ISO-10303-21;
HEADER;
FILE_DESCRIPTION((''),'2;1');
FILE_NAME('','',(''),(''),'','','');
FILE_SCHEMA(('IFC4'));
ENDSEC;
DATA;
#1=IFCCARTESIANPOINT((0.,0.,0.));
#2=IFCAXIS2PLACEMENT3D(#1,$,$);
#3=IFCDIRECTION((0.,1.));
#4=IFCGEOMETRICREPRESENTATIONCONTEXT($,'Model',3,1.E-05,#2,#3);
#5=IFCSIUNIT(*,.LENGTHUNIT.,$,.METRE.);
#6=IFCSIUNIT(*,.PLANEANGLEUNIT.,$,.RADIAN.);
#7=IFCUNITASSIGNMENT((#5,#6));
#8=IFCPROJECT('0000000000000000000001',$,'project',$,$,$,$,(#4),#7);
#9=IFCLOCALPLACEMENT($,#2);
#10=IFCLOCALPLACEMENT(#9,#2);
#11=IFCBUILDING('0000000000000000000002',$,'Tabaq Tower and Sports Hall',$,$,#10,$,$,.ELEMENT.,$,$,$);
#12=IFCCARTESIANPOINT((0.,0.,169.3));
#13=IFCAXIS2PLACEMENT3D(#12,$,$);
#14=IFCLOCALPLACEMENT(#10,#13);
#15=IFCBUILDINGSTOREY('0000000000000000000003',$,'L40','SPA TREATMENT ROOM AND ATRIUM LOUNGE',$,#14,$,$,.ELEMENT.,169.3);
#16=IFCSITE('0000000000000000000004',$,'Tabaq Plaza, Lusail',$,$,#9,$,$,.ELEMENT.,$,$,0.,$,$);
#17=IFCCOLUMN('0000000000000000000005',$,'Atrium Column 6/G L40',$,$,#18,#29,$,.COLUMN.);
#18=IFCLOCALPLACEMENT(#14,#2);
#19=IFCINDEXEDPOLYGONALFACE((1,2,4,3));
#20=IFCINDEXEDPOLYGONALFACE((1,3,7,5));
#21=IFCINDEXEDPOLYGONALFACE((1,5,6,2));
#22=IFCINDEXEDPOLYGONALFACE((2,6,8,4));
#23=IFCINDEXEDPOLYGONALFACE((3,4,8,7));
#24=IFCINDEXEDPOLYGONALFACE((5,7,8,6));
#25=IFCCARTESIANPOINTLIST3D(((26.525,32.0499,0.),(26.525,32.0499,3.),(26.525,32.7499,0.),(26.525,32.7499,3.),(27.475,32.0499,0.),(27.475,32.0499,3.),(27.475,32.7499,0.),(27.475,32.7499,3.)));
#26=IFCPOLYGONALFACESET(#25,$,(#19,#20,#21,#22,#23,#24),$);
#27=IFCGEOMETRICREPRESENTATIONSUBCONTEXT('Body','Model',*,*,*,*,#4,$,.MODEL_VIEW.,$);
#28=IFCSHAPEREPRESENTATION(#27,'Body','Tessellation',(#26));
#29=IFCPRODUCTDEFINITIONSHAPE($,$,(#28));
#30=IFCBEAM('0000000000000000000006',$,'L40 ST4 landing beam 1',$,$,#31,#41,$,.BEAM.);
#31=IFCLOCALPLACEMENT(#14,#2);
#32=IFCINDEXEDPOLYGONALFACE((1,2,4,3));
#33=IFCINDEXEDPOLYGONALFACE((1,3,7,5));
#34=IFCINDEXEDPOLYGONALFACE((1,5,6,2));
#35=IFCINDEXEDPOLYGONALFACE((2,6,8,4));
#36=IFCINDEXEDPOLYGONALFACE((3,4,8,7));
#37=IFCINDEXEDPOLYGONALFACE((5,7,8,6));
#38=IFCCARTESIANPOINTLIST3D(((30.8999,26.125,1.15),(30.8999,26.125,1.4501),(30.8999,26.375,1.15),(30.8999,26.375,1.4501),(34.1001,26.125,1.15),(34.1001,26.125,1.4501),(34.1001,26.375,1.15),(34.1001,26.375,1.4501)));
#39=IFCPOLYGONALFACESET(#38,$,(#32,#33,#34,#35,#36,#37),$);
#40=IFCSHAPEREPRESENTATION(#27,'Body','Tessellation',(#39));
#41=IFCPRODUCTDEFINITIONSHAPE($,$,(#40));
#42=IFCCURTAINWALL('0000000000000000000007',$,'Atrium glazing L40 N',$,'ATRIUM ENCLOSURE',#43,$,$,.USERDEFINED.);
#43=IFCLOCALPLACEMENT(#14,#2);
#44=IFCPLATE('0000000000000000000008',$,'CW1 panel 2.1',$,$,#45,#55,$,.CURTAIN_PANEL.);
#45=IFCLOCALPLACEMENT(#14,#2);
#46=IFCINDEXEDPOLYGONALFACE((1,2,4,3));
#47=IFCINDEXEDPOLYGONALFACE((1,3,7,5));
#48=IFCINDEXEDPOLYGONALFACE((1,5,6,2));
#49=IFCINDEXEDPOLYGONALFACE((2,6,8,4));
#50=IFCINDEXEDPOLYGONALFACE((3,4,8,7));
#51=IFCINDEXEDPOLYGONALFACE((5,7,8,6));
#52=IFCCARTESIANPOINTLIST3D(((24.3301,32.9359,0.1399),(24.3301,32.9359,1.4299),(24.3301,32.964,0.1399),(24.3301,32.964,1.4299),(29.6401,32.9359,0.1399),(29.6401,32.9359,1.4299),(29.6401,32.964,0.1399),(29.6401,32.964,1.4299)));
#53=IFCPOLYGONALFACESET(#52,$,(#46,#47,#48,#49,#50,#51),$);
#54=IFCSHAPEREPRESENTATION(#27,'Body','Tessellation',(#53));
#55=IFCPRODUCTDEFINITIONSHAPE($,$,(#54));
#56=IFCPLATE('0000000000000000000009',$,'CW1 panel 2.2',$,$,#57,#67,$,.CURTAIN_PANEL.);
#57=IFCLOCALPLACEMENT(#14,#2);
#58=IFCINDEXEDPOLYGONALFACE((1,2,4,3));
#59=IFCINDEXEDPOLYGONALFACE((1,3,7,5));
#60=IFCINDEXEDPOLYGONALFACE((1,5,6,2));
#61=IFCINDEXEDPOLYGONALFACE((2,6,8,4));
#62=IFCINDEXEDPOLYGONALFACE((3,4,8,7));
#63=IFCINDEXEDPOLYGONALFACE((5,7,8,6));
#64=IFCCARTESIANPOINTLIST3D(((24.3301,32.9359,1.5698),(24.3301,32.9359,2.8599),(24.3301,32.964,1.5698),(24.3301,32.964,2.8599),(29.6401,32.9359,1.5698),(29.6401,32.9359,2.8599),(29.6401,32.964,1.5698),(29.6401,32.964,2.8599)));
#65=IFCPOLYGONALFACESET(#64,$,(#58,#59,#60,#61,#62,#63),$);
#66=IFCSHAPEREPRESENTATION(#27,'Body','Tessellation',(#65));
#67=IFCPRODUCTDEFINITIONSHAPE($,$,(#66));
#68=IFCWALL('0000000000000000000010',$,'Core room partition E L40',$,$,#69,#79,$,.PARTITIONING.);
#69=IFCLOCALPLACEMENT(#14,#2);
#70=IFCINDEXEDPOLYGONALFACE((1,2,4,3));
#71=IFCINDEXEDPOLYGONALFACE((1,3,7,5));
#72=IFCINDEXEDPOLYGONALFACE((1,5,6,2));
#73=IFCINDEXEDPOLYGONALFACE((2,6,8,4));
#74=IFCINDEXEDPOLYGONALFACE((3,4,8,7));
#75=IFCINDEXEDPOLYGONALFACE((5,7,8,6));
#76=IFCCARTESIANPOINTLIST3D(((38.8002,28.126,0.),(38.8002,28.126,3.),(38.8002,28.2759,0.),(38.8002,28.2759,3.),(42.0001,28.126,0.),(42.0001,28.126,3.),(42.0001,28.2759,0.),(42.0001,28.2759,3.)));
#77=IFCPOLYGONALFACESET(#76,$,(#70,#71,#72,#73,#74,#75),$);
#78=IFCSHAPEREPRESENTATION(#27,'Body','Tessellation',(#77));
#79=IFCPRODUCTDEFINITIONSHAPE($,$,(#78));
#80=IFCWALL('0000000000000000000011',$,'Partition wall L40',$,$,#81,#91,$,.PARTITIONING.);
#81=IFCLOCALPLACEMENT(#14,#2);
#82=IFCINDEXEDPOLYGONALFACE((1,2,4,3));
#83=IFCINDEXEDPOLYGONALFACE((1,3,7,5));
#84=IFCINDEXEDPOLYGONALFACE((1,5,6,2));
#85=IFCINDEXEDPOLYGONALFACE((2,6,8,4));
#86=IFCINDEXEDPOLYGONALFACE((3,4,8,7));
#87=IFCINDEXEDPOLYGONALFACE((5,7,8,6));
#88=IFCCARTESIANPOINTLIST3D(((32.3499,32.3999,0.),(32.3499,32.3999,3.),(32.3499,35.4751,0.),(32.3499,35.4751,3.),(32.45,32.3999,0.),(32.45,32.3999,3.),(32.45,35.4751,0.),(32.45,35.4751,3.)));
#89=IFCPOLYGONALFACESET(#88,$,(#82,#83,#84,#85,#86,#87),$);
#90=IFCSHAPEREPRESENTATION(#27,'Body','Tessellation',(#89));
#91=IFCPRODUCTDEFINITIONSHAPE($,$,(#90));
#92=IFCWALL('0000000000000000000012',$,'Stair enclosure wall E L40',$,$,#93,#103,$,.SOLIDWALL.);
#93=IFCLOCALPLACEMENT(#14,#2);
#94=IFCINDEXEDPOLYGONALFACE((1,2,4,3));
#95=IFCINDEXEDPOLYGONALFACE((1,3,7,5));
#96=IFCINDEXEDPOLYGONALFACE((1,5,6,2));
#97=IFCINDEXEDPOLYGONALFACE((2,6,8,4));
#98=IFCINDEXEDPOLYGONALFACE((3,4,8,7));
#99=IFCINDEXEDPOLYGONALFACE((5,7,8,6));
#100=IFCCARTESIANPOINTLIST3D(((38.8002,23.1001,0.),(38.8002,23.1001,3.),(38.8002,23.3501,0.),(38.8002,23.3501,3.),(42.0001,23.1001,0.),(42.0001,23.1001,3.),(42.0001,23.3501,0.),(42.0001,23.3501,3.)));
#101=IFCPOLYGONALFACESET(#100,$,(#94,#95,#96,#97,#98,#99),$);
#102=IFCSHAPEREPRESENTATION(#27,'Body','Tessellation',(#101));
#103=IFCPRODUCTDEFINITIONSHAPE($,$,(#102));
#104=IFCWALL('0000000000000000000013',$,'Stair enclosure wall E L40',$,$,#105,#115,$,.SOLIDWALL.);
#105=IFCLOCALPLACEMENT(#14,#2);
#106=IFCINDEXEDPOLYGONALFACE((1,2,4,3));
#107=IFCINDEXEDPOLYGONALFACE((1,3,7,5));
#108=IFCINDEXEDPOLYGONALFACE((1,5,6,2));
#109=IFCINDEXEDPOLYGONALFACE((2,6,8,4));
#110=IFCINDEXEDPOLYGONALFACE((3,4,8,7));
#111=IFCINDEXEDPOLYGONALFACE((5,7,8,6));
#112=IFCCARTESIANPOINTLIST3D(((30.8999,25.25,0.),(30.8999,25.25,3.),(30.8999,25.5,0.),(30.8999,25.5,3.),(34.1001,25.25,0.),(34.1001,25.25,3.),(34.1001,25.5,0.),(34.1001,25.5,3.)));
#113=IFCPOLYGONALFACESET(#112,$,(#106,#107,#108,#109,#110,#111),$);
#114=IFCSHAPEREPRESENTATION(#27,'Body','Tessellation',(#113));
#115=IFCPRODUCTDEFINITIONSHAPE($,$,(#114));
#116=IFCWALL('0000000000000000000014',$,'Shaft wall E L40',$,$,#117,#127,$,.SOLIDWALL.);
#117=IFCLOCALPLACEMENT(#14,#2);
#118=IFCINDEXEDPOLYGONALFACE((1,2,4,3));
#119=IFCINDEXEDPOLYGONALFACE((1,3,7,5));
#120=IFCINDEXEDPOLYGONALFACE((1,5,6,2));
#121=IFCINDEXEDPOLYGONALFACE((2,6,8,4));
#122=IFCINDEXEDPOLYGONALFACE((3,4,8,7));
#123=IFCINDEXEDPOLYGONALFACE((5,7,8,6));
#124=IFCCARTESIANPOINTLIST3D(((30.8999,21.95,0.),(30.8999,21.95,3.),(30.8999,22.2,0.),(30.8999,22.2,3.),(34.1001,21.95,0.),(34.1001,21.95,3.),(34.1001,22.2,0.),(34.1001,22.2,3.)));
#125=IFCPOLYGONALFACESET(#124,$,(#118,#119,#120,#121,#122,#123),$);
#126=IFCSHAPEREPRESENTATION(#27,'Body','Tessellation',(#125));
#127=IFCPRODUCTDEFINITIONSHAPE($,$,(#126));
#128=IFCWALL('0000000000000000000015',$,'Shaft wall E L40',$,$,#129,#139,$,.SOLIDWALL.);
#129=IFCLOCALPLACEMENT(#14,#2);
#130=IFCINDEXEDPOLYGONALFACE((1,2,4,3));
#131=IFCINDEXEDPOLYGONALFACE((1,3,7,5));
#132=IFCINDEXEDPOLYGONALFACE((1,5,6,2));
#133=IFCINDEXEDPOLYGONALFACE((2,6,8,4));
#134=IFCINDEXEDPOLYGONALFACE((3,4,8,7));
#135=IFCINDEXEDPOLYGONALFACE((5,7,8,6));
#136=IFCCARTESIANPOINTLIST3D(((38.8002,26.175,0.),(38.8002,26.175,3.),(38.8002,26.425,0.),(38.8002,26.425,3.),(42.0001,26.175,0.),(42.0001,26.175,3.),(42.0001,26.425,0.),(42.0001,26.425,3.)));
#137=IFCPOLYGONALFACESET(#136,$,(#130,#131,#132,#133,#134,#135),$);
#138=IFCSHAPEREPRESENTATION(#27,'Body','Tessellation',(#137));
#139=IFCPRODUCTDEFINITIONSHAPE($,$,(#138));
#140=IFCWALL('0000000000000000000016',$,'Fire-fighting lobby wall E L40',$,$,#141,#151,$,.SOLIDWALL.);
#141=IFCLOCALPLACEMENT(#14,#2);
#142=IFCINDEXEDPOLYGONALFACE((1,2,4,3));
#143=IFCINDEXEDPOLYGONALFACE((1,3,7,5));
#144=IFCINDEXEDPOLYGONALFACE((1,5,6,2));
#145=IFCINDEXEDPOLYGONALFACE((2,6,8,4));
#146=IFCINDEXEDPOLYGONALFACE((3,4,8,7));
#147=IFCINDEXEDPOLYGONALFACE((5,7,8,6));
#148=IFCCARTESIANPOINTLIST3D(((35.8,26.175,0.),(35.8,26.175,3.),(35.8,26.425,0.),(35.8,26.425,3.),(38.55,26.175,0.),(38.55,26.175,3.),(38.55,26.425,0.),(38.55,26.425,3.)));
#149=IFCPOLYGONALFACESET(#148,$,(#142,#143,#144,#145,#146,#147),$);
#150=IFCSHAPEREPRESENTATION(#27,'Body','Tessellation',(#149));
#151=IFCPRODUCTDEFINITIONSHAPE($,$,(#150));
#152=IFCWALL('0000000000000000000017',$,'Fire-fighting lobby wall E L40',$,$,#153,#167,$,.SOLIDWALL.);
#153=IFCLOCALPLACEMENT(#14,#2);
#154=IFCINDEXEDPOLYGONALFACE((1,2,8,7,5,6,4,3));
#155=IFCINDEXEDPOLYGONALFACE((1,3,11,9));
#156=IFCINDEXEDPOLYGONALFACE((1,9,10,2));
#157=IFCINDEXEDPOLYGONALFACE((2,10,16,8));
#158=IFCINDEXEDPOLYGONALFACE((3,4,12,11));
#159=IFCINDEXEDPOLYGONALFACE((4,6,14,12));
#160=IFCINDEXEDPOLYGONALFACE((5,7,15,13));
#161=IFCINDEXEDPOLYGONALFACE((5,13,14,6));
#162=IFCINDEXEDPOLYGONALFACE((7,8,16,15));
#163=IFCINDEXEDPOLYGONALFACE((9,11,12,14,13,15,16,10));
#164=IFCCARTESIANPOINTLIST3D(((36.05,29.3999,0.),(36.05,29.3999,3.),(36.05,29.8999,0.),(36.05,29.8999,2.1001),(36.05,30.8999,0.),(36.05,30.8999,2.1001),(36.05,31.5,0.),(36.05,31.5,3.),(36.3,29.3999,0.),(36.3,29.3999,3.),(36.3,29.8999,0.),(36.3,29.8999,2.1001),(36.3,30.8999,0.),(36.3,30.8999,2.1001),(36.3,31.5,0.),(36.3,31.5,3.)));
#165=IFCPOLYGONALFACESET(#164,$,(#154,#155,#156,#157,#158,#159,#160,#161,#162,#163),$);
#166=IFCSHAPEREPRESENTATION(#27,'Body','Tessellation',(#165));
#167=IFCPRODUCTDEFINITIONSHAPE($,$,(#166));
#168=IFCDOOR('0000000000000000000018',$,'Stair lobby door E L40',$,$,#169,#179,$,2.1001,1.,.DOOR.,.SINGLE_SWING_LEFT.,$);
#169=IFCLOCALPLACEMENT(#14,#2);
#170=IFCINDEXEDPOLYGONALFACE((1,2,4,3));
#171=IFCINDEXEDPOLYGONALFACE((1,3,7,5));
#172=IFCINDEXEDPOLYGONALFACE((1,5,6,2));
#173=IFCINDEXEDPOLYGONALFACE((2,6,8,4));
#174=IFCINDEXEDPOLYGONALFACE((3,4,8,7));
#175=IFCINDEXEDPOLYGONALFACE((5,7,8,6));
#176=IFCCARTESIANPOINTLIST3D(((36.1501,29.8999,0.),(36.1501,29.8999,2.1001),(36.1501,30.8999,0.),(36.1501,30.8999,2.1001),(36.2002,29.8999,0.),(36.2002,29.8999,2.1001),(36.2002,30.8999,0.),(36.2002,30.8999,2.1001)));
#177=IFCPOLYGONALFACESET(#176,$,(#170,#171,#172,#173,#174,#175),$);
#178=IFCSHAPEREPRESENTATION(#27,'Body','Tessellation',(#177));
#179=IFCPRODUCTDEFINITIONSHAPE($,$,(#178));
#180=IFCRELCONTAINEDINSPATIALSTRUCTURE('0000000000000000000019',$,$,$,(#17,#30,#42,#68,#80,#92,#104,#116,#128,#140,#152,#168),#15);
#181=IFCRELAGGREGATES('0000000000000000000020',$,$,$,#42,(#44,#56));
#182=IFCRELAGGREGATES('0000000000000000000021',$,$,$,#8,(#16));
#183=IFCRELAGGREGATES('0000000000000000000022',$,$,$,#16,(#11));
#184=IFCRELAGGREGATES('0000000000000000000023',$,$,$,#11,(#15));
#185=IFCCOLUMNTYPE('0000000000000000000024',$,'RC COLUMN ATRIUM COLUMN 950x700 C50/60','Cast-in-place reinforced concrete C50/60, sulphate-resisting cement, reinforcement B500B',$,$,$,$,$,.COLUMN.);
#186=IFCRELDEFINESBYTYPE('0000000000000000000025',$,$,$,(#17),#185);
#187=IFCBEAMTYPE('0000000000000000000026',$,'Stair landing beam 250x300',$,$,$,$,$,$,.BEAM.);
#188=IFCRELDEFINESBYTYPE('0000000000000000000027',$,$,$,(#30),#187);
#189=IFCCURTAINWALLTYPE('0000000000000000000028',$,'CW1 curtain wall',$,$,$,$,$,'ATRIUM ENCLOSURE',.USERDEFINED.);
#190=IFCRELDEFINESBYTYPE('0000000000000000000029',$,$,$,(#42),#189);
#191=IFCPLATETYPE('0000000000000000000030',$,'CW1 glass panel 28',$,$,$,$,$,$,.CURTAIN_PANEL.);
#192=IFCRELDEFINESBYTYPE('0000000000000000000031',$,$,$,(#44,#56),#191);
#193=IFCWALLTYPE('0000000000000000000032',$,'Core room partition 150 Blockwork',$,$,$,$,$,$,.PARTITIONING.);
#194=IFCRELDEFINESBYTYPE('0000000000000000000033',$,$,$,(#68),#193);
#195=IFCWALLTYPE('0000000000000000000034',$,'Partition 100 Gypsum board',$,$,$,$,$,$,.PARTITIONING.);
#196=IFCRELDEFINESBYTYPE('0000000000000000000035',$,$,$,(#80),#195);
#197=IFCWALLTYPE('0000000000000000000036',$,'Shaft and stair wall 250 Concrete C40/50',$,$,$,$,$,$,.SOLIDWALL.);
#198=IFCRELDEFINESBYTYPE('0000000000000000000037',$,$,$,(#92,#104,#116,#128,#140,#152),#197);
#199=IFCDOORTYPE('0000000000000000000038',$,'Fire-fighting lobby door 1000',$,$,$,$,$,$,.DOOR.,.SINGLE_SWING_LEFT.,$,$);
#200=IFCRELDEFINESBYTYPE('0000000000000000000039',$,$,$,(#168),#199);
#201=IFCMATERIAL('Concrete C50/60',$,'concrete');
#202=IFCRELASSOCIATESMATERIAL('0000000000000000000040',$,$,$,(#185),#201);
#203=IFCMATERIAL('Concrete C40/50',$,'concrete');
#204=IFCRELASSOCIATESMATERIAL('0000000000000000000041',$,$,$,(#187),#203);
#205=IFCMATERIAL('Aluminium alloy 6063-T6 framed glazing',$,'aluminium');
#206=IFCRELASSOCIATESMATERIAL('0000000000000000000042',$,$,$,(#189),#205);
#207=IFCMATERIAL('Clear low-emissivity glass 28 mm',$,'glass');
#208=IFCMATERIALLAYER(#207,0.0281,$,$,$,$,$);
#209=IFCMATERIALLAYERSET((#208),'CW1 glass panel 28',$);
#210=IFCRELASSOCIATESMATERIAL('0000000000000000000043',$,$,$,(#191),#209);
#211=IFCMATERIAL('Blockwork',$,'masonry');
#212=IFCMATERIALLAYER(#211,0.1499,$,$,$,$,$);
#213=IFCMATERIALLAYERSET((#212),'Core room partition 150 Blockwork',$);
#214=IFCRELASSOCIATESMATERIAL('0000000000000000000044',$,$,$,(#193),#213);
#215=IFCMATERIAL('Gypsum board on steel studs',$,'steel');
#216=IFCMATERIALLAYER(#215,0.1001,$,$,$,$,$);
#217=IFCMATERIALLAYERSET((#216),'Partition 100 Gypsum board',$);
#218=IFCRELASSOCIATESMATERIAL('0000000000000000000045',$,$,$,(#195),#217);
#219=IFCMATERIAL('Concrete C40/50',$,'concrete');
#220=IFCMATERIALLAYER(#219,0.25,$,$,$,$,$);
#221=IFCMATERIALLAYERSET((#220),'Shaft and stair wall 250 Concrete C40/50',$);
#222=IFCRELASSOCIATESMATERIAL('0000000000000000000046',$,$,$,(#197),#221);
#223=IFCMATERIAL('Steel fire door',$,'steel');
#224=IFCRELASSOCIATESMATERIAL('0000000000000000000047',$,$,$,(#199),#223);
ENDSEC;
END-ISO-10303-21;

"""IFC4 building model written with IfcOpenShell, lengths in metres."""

from ifc_helpers import new_model, si_unit, direction, frame, frame_2d, origin, origin_2d, place, context, subcontext, project, spatial, rectangle, extrude, material, layer, layer_set, material_profile, profile_set, type_object, element, fill, aggregate, save


model = new_model("IFC4")

# Units and contexts
model_context = context("Model", 3, precision=1e-05, world=origin(), true_north=direction((0.0, 1.0)))
body_context = subcontext(model_context, "Body", "Model", "MODEL_VIEW")
ifc_project = project(units=[si_unit("LENGTHUNIT", "METRE"), si_unit("PLANEANGLEUNIT", "RADIAN")], contexts=[model_context])

# Site, building, storey
site_placement = place(None, origin())
site = spatial("IfcSite", under=ifc_project, at=site_placement, Name="Tabaq Plaza, Lusail", CompositionType="ELEMENT", RefElevation=0.0)
building_placement = place(site_placement, origin())
building = spatial("IfcBuilding", under=site, at=building_placement, Name="Tabaq Tower and Sports Hall", CompositionType="ELEMENT")
storey_placement = place(building_placement, frame((0.0, 0.0, 169.3)))
storey = spatial("IfcBuildingStorey", under=building, at=storey_placement, Name="L40", Description="SPA TREATMENT ROOM AND ATRIUM LOUNGE", CompositionType="ELEMENT", Elevation=169.3)

# Column
ifc_material_1 = material(Name="Concrete C50/60", Category="concrete")
ifc_material_profile_1 = material_profile(ifc_material_1, rectangle(XDim=0.95, YDim=0.7, at=origin_2d()), Name="ATRIUM COLUMN 950x700")
ifc_profile_set_1 = profile_set([ifc_material_profile_1], Name="Concrete C50/60")
column_type = type_object("IfcColumnType", Name="RC COLUMN ATRIUM COLUMN 950x700 C50/60", Description="Cast-in-place reinforced concrete C50/60, sulphate-resisting cement, reinforcement B500B", PredefinedType="COLUMN", material=ifc_profile_set_1)
column_placement = place(storey_placement, frame((27.0, 32.3999, 0.0), z_axis=(0.0, 0.0, 1.0), x_axis=(1.0, 0.0, 0.0)))
element("IfcColumn", 1, at=column_placement, inside=storey, type_object=column_type, Name="Atrium Column 6/G L40", PredefinedType="COLUMN", context=body_context, shape_type="SweptSolid", body=[
    extrude(rectangle(XDim=0.95, YDim=0.7, at=origin_2d()), origin(), (0.0, 0.0, 1.0), 3.0),
])

# Beam
ifc_material_2 = material(Name="Concrete C40/50", Category="concrete")
ifc_material_profile_2 = material_profile(ifc_material_2, rectangle(XDim=0.25, YDim=0.3, at=origin_2d()), Name="RC 250x300")
ifc_profile_set_2 = profile_set([ifc_material_profile_2], Name="Concrete C40/50")
beam_type = type_object("IfcBeamType", Name="Stair landing beam 250x300", PredefinedType="BEAM", material=ifc_profile_set_2)
beam_placement = place(storey_placement, frame((30.8999, 26.25, 1.3), z_axis=(1.0, 0.0, 0.0), x_axis=(0.0, 1.0, 0.0)))
element("IfcBeam", 2, at=beam_placement, inside=storey, type_object=beam_type, Name="L40 ST4 landing beam 1", PredefinedType="BEAM", context=body_context, shape_type="SweptSolid", body=[
    extrude(rectangle(XDim=0.25, YDim=0.3, at=origin_2d()), origin(), (0.0, 0.0, 1.0), 3.2002),
])

# Curtain wall, plates
ifc_material_3 = material(Name="Aluminium alloy 6063-T6 framed glazing", Category="aluminium")
curtain_wall_type = type_object("IfcCurtainWallType", Name="CW1 curtain wall", ElementType="ATRIUM ENCLOSURE", PredefinedType="USERDEFINED", material=ifc_material_3)
curtain_wall_placement = place(storey_placement, origin())
curtain_wall = element("IfcCurtainWall", 3, at=curtain_wall_placement, inside=storey, type_object=curtain_wall_type, Name="Atrium glazing L40 N", ObjectType="ATRIUM ENCLOSURE", PredefinedType="USERDEFINED")
ifc_material_4 = material(Name="Clear low-emissivity glass 28 mm", Category="glass")
ifc_layer_1 = layer(ifc_material_4, 0.0281)
ifc_layer_set_1 = layer_set([ifc_layer_1], Name="CW1 glass panel 28")
plate_type = type_object("IfcPlateType", Name="CW1 glass panel 28", PredefinedType="CURTAIN_PANEL", material=ifc_layer_set_1)
plate_1_placement = place(storey_placement, frame((26.9851, 32.95, 0.1399), z_axis=(0.0, 0.0, 1.0), x_axis=(1.0, 0.0, 0.0)))
plate_1 = element("IfcPlate", 4, at=plate_1_placement, type_object=plate_type, Name="CW1 panel 2.1", PredefinedType="CURTAIN_PANEL", context=body_context, shape_type="SweptSolid", body=[
    extrude(rectangle(XDim=5.3101, YDim=0.0281, at=origin_2d()), origin(), (0.0, 0.0, 1.0), 1.29),
])
plate_2_placement = place(storey_placement, frame((26.9851, 32.95, 1.5698), z_axis=(0.0, 0.0, 1.0), x_axis=(1.0, 0.0, 0.0)))
plate_2 = element("IfcPlate", 5, at=plate_2_placement, type_object=plate_type, Name="CW1 panel 2.2", PredefinedType="CURTAIN_PANEL", context=body_context, shape_type="SweptSolid", body=[
    extrude(rectangle(XDim=5.3101, YDim=0.0281, at=origin_2d()), origin(), (0.0, 0.0, 1.0), 1.29),
])
aggregate(curtain_wall, [plate_1, plate_2])

# Wall
ifc_material_5 = material(Name="Blockwork", Category="masonry")
ifc_layer_2 = layer(ifc_material_5, 0.1499)
ifc_layer_set_2 = layer_set([ifc_layer_2], Name="Core room partition 150 Blockwork")
wall_type_1 = type_object("IfcWallType", Name="Core room partition 150 Blockwork", PredefinedType="PARTITIONING", material=ifc_layer_set_2)
wall_1_placement = place(storey_placement, frame((38.8, 28.2009, 0.0), z_axis=(0.0, 0.0, 1.0), x_axis=(1.0, 0.0, 0.0)))
element("IfcWall", 6, at=wall_1_placement, inside=storey, type_object=wall_type_1, Name="Core room partition E L40", PredefinedType="PARTITIONING", context=body_context, shape_type="SweptSolid", body=[
    extrude(rectangle(XDim=3.2, YDim=0.1499, at=frame_2d((1.6001, 0.0))), origin(), (0.0, 0.0, 1.0), 3.0),
])

# Walls
ifc_material_6 = material(Name="Gypsum board on steel studs", Category="steel")
ifc_layer_3 = layer(ifc_material_6, 0.1001)
ifc_layer_set_3 = layer_set([ifc_layer_3], Name="Partition 100 Gypsum board")
wall_type_2 = type_object("IfcWallType", Name="Partition 100 Gypsum board", PredefinedType="PARTITIONING", material=ifc_layer_set_3)
wall_2_placement = place(storey_placement, frame((32.3999, 32.3999, 0.0), z_axis=(0.0, 0.0, 1.0), x_axis=(0.0, 1.0, 0.0)))
element("IfcWall", 7, at=wall_2_placement, inside=storey, type_object=wall_type_2, Name="Partition wall L40", PredefinedType="PARTITIONING", context=body_context, shape_type="SweptSolid", body=[
    extrude(rectangle(XDim=3.0752, YDim=0.1001, at=frame_2d((1.5376, 0.0))), origin(), (0.0, 0.0, 1.0), 3.0),
])
ifc_material_7 = material(Name="Concrete C40/50", Category="concrete")
ifc_layer_4 = layer(ifc_material_7, 0.25)
ifc_layer_set_4 = layer_set([ifc_layer_4], Name="Shaft and stair wall 250 Concrete C40/50")
wall_type_3 = type_object("IfcWallType", Name="Shaft and stair wall 250 Concrete C40/50", PredefinedType="SOLIDWALL", material=ifc_layer_set_4)
wall_3_placement = place(storey_placement, frame((38.8, 23.2251, 0.0), z_axis=(0.0, 0.0, 1.0), x_axis=(1.0, 0.0, 0.0)))
element("IfcWall", 8, at=wall_3_placement, inside=storey, type_object=wall_type_3, Name="Stair enclosure wall E L40", PredefinedType="SOLIDWALL", context=body_context, shape_type="SweptSolid", body=[
    extrude(rectangle(XDim=3.2, YDim=0.25, at=frame_2d((1.6001, 0.0))), origin(), (0.0, 0.0, 1.0), 3.0),
])
for number, where, z_axis, x_axis, name in (
    (9, (30.8999, 25.375, 0.0), (0.0, 0.0, 1.0), (1.0, 0.0, 0.0), "Stair enclosure wall E L40"),
    (10, (30.8999, 22.075, 0.0), (0.0, 0.0, 1.0), (1.0, 0.0, 0.0), "Shaft wall E L40"),
):
    element("IfcWall", number, at=place(storey_placement, frame(where, z_axis=z_axis, x_axis=x_axis)), inside=storey, type_object=wall_type_3, Name=name, PredefinedType="SOLIDWALL", context=body_context, shape_type="SweptSolid", body=[
        extrude(rectangle(XDim=3.2002, YDim=0.25, at=frame_2d((1.6001, 0.0))), origin(), (0.0, 0.0, 1.0), 3.0),
    ])
wall_4_placement = place(storey_placement, frame((38.8, 26.3, 0.0), z_axis=(0.0, 0.0, 1.0), x_axis=(1.0, 0.0, 0.0)))
element("IfcWall", 11, at=wall_4_placement, inside=storey, type_object=wall_type_3, Name="Shaft wall E L40", PredefinedType="SOLIDWALL", context=body_context, shape_type="SweptSolid", body=[
    extrude(rectangle(XDim=3.2, YDim=0.25, at=frame_2d((1.6001, 0.0))), origin(), (0.0, 0.0, 1.0), 3.0),
])
wall_5_placement = place(storey_placement, frame((35.8, 26.3, 0.0), z_axis=(0.0, 0.0, 1.0), x_axis=(1.0, 0.0, 0.0)))
element("IfcWall", 12, at=wall_5_placement, inside=storey, type_object=wall_type_3, Name="Fire-fighting lobby wall E L40", PredefinedType="SOLIDWALL", context=body_context, shape_type="SweptSolid", body=[
    extrude(rectangle(XDim=2.75, YDim=0.25, at=frame_2d((1.375, 0.0))), origin(), (0.0, 0.0, 1.0), 3.0),
])

# Wall, opening, door
wall_6_placement = place(storey_placement, frame((36.175, 29.3999, 0.0), z_axis=(0.0, 0.0, 1.0), x_axis=(0.0, 1.0, 0.0)))
wall_6 = element("IfcWall", 13, at=wall_6_placement, inside=storey, type_object=wall_type_3, Name="Fire-fighting lobby wall E L40", PredefinedType="SOLIDWALL", context=body_context, shape_type="SweptSolid", body=[
    extrude(rectangle(XDim=2.1001, YDim=0.25, at=frame_2d((1.05, 0.0))), origin(), (0.0, 0.0, 1.0), 3.0),
])
opening_1_placement = place(wall_6_placement, frame((0.5, 0.0, 0.0)))
opening_1 = element("IfcOpeningElement", 14, at=opening_1_placement, cuts=wall_6, PredefinedType="OPENING", context=body_context, shape_type="SweptSolid", body=[
    extrude(rectangle(XDim=1.0, YDim=2.1001, at=frame_2d((0.5, 1.05))), frame((0.0, 0.125, 0.0), z_axis=(0.0, -1.0, 0.0), x_axis=(1.0, 0.0, 0.0)), (0.0, 0.0, 1.0), 0.25),
])
ifc_material_8 = material(Name="Steel fire door", Category="steel")
door_type_1 = type_object("IfcDoorType", Name="Fire-fighting lobby door 1000", OperationType="SINGLE_SWING_LEFT", PredefinedType="DOOR", material=ifc_material_8)
door_1_placement = place(opening_1_placement, origin())
door_1 = element("IfcDoor", 15, at=door_1_placement, inside=storey, type_object=door_type_1, Name="Stair lobby door E L40", OperationType="SINGLE_SWING_LEFT", OverallHeight=2.1001, OverallWidth=1.0, PredefinedType="DOOR", context=body_context, shape_type="SweptSolid", body=[
    extrude(rectangle(XDim=1.0, YDim=2.1001, at=frame_2d((0.5, 1.05))), frame((0.0, 0.0249, 0.0), z_axis=(0.0, -1.0, 0.0), x_axis=(1.0, 0.0, 0.0)), (0.0, 0.0, 1.0), 0.05),
])
fill(opening_1, door_1)

save(model, "model.ifc")
